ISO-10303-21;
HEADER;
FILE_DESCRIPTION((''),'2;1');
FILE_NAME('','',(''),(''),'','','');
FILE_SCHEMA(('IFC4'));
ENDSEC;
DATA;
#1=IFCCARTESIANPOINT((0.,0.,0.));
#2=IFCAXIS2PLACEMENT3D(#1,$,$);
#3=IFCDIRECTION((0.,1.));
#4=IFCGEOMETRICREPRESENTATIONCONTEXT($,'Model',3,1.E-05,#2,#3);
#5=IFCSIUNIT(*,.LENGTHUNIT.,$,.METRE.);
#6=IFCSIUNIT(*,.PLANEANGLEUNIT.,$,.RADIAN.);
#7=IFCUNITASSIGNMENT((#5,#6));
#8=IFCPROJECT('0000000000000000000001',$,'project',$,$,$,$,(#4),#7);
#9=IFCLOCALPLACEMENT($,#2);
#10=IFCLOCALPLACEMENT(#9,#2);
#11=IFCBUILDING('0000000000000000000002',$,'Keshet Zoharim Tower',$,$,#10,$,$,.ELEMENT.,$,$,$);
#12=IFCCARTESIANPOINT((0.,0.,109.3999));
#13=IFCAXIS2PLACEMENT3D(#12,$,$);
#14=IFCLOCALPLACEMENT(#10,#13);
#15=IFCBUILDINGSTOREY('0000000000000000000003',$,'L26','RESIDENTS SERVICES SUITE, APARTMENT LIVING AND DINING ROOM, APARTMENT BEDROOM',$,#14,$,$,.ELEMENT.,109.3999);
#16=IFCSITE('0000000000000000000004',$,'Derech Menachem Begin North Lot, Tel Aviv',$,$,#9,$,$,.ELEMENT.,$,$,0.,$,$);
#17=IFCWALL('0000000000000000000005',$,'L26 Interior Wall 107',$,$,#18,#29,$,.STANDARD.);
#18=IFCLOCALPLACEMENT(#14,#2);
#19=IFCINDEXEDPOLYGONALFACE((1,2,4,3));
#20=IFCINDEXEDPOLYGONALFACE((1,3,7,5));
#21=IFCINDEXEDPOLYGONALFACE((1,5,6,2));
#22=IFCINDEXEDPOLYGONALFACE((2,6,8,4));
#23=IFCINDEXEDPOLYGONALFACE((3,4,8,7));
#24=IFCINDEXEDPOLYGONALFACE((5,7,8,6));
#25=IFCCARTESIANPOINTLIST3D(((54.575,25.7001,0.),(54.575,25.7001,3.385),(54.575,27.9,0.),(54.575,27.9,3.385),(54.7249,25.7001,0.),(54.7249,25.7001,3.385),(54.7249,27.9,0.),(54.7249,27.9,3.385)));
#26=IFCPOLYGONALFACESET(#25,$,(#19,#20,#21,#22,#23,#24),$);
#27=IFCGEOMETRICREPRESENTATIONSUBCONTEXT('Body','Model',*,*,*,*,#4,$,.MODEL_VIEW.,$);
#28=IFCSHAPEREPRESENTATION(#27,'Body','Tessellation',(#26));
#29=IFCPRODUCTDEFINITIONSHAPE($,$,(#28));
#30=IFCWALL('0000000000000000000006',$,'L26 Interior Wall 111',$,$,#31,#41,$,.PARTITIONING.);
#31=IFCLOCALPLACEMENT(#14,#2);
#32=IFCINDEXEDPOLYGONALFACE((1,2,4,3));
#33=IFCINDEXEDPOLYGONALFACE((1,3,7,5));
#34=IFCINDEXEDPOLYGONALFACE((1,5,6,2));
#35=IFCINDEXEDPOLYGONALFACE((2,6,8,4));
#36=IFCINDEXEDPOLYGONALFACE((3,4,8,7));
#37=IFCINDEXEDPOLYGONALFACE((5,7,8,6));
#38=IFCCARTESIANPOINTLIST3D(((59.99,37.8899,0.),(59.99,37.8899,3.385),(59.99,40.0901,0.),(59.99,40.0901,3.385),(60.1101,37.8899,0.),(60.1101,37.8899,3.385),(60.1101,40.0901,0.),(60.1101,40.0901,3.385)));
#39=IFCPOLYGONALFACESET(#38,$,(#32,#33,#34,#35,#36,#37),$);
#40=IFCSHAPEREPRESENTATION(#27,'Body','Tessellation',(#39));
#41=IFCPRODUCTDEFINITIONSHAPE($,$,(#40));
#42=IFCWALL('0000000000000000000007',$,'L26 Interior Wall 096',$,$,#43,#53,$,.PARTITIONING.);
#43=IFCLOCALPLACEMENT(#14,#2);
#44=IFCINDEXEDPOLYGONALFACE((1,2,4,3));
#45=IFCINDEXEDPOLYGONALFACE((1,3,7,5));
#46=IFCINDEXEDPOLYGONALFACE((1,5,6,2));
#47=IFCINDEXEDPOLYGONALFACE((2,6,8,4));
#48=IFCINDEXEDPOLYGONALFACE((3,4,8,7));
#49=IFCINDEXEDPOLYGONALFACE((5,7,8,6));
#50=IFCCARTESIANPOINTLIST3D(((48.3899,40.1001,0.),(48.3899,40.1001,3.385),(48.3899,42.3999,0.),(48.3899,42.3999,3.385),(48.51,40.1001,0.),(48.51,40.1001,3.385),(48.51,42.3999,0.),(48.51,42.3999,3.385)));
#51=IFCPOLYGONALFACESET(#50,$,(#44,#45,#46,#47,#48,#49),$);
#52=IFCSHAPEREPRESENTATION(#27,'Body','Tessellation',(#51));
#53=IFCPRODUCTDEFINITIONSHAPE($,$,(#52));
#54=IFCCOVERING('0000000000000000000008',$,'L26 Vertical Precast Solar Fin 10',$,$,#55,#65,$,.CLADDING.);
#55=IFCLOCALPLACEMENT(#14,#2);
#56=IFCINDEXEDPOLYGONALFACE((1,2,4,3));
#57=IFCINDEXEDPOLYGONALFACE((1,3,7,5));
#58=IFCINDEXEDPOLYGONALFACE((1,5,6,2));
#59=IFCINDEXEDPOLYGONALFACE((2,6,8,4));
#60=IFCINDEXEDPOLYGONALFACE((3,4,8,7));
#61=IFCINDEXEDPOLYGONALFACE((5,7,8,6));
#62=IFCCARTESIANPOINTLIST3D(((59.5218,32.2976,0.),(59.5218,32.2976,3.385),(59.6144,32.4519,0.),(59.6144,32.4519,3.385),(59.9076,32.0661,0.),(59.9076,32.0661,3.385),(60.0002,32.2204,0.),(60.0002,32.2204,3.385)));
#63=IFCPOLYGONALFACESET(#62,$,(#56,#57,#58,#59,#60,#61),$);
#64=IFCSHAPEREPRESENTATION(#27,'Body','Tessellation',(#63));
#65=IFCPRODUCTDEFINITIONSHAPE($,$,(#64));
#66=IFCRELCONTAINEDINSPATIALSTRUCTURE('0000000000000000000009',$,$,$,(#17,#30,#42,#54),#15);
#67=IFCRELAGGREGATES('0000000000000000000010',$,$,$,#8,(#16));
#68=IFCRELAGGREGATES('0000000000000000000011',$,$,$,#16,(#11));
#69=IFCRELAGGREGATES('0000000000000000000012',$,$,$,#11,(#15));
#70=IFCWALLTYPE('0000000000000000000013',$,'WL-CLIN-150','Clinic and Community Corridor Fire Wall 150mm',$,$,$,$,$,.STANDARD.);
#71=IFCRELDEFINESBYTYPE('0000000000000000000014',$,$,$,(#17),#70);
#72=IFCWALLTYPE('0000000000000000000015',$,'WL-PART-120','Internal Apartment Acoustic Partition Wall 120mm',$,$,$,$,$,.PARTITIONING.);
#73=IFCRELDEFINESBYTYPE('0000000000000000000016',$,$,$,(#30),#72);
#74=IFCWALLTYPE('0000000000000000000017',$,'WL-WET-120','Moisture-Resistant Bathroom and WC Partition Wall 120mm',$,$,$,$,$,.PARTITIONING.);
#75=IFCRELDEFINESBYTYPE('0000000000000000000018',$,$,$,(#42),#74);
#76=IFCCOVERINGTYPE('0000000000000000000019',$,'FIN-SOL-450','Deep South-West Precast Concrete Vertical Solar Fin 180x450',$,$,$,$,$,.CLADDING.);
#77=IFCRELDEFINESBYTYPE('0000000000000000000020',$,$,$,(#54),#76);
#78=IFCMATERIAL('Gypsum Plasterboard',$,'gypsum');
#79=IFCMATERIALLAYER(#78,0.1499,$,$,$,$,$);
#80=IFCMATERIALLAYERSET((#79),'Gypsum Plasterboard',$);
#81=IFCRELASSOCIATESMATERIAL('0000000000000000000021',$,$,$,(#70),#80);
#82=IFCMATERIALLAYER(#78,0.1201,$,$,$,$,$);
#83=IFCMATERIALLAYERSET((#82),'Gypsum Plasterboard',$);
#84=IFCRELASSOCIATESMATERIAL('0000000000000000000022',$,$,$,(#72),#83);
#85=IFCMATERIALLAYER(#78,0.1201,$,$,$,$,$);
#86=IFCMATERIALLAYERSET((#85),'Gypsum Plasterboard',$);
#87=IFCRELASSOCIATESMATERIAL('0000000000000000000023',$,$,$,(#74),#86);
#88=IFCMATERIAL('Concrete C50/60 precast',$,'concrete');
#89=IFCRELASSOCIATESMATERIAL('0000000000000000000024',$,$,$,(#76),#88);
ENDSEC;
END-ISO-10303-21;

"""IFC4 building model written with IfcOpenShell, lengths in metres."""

from ifc_helpers import new_model, si_unit, direction, frame, frame_2d, origin, origin_2d, place, context, subcontext, project, spatial, rectangle, extrude, material, layer, layer_set, type_object, element, save


model = new_model("IFC4")

# Units and contexts
model_context = context("Model", 3, precision=1e-05, world=origin(), true_north=direction((0.0, 1.0)))
body_context = subcontext(model_context, "Body", "Model", "MODEL_VIEW")
ifc_project = project(units=[si_unit("LENGTHUNIT", "METRE"), si_unit("PLANEANGLEUNIT", "RADIAN")], contexts=[model_context])

# Site, building, storey
site_placement = place(None, origin())
site = spatial("IfcSite", under=ifc_project, at=site_placement, Name="Derech Menachem Begin North Lot, Tel Aviv", CompositionType="ELEMENT", RefElevation=0.0)
building_placement = place(site_placement, origin())
building = spatial("IfcBuilding", under=site, at=building_placement, Name="Keshet Zoharim Tower", CompositionType="ELEMENT")
storey_placement = place(building_placement, frame((0.0, 0.0, 109.3999)))
storey = spatial("IfcBuildingStorey", under=building, at=storey_placement, Name="L26", Description="RESIDENTS SERVICES SUITE, APARTMENT LIVING AND DINING ROOM, APARTMENT BEDROOM", CompositionType="ELEMENT", Elevation=109.3999)

# Wall
ifc_material_1 = material(Name="Gypsum Plasterboard", Category="gypsum")
ifc_layer_1 = layer(ifc_material_1, 0.1499)
ifc_layer_set_1 = layer_set([ifc_layer_1], Name="Gypsum Plasterboard")
wall_type_1 = type_object("IfcWallType", Name="WL-CLIN-150", Description="Clinic and Community Corridor Fire Wall 150mm", PredefinedType="STANDARD", material=ifc_layer_set_1)
wall_1_placement = place(storey_placement, frame((54.6499, 25.7, 0.0), z_axis=(0.0, 0.0, 1.0), x_axis=(0.0, 1.0, 0.0)))
element("IfcWall", 1, at=wall_1_placement, inside=storey, type_object=wall_type_1, Name="L26 Interior Wall 107", PredefinedType="STANDARD", context=body_context, shape_type="SweptSolid", body=[
    extrude(rectangle(XDim=2.2, YDim=0.1499, at=frame_2d((1.1001, 0.0))), origin(), (0.0, 0.0, 1.0), 3.385),
])

# Walls
ifc_layer_2 = layer(ifc_material_1, 0.1201)
ifc_layer_set_2 = layer_set([ifc_layer_2], Name="Gypsum Plasterboard")
wall_type_2 = type_object("IfcWallType", Name="WL-PART-120", Description="Internal Apartment Acoustic Partition Wall 120mm", PredefinedType="PARTITIONING", material=ifc_layer_set_2)
wall_2_placement = place(storey_placement, frame((60.05, 37.8899, 0.0), z_axis=(0.0, 0.0, 1.0), x_axis=(0.0, 1.0, 0.0)))
element("IfcWall", 2, at=wall_2_placement, inside=storey, type_object=wall_type_2, Name="L26 Interior Wall 111", PredefinedType="PARTITIONING", context=body_context, shape_type="SweptSolid", body=[
    extrude(rectangle(XDim=2.2002, YDim=0.1201, at=frame_2d((1.1001, 0.0))), origin(), (0.0, 0.0, 1.0), 3.385),
])
ifc_layer_3 = layer(ifc_material_1, 0.1201)
ifc_layer_set_3 = layer_set([ifc_layer_3], Name="Gypsum Plasterboard")
wall_type_3 = type_object("IfcWallType", Name="WL-WET-120", Description="Moisture-Resistant Bathroom and WC Partition Wall 120mm", PredefinedType="PARTITIONING", material=ifc_layer_set_3)
wall_3_placement = place(storey_placement, frame((48.45, 40.1001, 0.0), z_axis=(0.0, 0.0, 1.0), x_axis=(0.0, 1.0, 0.0)))
element("IfcWall", 3, at=wall_3_placement, inside=storey, type_object=wall_type_3, Name="L26 Interior Wall 096", PredefinedType="PARTITIONING", context=body_context, shape_type="SweptSolid", body=[
    extrude(rectangle(XDim=2.2998, YDim=0.1201, at=frame_2d((1.1499, 0.0))), origin(), (0.0, 0.0, 1.0), 3.385),
])

# Covering
ifc_material_2 = material(Name="Concrete C50/60 precast", Category="concrete")
covering_type = type_object("IfcCoveringType", Name="FIN-SOL-450", Description="Deep South-West Precast Concrete Vertical Solar Fin 180x450", PredefinedType="CLADDING", material=ifc_material_2)
covering_placement = place(storey_placement, frame((59.761, 32.259, 0.0), z_axis=(0.0, 0.0, 1.0), x_axis=(-0.514482, -0.857501, 0.0)))
element("IfcCovering", 4, at=covering_placement, inside=storey, type_object=covering_type, Name="L26 Vertical Precast Solar Fin 10", PredefinedType="CLADDING", context=body_context, shape_type="SweptSolid", body=[
    extrude(rectangle(XDim=0.1799, YDim=0.45, at=origin_2d()), origin(), (0.0, 0.0, 1.0), 3.385),
])

save(model, "model.ifc")
